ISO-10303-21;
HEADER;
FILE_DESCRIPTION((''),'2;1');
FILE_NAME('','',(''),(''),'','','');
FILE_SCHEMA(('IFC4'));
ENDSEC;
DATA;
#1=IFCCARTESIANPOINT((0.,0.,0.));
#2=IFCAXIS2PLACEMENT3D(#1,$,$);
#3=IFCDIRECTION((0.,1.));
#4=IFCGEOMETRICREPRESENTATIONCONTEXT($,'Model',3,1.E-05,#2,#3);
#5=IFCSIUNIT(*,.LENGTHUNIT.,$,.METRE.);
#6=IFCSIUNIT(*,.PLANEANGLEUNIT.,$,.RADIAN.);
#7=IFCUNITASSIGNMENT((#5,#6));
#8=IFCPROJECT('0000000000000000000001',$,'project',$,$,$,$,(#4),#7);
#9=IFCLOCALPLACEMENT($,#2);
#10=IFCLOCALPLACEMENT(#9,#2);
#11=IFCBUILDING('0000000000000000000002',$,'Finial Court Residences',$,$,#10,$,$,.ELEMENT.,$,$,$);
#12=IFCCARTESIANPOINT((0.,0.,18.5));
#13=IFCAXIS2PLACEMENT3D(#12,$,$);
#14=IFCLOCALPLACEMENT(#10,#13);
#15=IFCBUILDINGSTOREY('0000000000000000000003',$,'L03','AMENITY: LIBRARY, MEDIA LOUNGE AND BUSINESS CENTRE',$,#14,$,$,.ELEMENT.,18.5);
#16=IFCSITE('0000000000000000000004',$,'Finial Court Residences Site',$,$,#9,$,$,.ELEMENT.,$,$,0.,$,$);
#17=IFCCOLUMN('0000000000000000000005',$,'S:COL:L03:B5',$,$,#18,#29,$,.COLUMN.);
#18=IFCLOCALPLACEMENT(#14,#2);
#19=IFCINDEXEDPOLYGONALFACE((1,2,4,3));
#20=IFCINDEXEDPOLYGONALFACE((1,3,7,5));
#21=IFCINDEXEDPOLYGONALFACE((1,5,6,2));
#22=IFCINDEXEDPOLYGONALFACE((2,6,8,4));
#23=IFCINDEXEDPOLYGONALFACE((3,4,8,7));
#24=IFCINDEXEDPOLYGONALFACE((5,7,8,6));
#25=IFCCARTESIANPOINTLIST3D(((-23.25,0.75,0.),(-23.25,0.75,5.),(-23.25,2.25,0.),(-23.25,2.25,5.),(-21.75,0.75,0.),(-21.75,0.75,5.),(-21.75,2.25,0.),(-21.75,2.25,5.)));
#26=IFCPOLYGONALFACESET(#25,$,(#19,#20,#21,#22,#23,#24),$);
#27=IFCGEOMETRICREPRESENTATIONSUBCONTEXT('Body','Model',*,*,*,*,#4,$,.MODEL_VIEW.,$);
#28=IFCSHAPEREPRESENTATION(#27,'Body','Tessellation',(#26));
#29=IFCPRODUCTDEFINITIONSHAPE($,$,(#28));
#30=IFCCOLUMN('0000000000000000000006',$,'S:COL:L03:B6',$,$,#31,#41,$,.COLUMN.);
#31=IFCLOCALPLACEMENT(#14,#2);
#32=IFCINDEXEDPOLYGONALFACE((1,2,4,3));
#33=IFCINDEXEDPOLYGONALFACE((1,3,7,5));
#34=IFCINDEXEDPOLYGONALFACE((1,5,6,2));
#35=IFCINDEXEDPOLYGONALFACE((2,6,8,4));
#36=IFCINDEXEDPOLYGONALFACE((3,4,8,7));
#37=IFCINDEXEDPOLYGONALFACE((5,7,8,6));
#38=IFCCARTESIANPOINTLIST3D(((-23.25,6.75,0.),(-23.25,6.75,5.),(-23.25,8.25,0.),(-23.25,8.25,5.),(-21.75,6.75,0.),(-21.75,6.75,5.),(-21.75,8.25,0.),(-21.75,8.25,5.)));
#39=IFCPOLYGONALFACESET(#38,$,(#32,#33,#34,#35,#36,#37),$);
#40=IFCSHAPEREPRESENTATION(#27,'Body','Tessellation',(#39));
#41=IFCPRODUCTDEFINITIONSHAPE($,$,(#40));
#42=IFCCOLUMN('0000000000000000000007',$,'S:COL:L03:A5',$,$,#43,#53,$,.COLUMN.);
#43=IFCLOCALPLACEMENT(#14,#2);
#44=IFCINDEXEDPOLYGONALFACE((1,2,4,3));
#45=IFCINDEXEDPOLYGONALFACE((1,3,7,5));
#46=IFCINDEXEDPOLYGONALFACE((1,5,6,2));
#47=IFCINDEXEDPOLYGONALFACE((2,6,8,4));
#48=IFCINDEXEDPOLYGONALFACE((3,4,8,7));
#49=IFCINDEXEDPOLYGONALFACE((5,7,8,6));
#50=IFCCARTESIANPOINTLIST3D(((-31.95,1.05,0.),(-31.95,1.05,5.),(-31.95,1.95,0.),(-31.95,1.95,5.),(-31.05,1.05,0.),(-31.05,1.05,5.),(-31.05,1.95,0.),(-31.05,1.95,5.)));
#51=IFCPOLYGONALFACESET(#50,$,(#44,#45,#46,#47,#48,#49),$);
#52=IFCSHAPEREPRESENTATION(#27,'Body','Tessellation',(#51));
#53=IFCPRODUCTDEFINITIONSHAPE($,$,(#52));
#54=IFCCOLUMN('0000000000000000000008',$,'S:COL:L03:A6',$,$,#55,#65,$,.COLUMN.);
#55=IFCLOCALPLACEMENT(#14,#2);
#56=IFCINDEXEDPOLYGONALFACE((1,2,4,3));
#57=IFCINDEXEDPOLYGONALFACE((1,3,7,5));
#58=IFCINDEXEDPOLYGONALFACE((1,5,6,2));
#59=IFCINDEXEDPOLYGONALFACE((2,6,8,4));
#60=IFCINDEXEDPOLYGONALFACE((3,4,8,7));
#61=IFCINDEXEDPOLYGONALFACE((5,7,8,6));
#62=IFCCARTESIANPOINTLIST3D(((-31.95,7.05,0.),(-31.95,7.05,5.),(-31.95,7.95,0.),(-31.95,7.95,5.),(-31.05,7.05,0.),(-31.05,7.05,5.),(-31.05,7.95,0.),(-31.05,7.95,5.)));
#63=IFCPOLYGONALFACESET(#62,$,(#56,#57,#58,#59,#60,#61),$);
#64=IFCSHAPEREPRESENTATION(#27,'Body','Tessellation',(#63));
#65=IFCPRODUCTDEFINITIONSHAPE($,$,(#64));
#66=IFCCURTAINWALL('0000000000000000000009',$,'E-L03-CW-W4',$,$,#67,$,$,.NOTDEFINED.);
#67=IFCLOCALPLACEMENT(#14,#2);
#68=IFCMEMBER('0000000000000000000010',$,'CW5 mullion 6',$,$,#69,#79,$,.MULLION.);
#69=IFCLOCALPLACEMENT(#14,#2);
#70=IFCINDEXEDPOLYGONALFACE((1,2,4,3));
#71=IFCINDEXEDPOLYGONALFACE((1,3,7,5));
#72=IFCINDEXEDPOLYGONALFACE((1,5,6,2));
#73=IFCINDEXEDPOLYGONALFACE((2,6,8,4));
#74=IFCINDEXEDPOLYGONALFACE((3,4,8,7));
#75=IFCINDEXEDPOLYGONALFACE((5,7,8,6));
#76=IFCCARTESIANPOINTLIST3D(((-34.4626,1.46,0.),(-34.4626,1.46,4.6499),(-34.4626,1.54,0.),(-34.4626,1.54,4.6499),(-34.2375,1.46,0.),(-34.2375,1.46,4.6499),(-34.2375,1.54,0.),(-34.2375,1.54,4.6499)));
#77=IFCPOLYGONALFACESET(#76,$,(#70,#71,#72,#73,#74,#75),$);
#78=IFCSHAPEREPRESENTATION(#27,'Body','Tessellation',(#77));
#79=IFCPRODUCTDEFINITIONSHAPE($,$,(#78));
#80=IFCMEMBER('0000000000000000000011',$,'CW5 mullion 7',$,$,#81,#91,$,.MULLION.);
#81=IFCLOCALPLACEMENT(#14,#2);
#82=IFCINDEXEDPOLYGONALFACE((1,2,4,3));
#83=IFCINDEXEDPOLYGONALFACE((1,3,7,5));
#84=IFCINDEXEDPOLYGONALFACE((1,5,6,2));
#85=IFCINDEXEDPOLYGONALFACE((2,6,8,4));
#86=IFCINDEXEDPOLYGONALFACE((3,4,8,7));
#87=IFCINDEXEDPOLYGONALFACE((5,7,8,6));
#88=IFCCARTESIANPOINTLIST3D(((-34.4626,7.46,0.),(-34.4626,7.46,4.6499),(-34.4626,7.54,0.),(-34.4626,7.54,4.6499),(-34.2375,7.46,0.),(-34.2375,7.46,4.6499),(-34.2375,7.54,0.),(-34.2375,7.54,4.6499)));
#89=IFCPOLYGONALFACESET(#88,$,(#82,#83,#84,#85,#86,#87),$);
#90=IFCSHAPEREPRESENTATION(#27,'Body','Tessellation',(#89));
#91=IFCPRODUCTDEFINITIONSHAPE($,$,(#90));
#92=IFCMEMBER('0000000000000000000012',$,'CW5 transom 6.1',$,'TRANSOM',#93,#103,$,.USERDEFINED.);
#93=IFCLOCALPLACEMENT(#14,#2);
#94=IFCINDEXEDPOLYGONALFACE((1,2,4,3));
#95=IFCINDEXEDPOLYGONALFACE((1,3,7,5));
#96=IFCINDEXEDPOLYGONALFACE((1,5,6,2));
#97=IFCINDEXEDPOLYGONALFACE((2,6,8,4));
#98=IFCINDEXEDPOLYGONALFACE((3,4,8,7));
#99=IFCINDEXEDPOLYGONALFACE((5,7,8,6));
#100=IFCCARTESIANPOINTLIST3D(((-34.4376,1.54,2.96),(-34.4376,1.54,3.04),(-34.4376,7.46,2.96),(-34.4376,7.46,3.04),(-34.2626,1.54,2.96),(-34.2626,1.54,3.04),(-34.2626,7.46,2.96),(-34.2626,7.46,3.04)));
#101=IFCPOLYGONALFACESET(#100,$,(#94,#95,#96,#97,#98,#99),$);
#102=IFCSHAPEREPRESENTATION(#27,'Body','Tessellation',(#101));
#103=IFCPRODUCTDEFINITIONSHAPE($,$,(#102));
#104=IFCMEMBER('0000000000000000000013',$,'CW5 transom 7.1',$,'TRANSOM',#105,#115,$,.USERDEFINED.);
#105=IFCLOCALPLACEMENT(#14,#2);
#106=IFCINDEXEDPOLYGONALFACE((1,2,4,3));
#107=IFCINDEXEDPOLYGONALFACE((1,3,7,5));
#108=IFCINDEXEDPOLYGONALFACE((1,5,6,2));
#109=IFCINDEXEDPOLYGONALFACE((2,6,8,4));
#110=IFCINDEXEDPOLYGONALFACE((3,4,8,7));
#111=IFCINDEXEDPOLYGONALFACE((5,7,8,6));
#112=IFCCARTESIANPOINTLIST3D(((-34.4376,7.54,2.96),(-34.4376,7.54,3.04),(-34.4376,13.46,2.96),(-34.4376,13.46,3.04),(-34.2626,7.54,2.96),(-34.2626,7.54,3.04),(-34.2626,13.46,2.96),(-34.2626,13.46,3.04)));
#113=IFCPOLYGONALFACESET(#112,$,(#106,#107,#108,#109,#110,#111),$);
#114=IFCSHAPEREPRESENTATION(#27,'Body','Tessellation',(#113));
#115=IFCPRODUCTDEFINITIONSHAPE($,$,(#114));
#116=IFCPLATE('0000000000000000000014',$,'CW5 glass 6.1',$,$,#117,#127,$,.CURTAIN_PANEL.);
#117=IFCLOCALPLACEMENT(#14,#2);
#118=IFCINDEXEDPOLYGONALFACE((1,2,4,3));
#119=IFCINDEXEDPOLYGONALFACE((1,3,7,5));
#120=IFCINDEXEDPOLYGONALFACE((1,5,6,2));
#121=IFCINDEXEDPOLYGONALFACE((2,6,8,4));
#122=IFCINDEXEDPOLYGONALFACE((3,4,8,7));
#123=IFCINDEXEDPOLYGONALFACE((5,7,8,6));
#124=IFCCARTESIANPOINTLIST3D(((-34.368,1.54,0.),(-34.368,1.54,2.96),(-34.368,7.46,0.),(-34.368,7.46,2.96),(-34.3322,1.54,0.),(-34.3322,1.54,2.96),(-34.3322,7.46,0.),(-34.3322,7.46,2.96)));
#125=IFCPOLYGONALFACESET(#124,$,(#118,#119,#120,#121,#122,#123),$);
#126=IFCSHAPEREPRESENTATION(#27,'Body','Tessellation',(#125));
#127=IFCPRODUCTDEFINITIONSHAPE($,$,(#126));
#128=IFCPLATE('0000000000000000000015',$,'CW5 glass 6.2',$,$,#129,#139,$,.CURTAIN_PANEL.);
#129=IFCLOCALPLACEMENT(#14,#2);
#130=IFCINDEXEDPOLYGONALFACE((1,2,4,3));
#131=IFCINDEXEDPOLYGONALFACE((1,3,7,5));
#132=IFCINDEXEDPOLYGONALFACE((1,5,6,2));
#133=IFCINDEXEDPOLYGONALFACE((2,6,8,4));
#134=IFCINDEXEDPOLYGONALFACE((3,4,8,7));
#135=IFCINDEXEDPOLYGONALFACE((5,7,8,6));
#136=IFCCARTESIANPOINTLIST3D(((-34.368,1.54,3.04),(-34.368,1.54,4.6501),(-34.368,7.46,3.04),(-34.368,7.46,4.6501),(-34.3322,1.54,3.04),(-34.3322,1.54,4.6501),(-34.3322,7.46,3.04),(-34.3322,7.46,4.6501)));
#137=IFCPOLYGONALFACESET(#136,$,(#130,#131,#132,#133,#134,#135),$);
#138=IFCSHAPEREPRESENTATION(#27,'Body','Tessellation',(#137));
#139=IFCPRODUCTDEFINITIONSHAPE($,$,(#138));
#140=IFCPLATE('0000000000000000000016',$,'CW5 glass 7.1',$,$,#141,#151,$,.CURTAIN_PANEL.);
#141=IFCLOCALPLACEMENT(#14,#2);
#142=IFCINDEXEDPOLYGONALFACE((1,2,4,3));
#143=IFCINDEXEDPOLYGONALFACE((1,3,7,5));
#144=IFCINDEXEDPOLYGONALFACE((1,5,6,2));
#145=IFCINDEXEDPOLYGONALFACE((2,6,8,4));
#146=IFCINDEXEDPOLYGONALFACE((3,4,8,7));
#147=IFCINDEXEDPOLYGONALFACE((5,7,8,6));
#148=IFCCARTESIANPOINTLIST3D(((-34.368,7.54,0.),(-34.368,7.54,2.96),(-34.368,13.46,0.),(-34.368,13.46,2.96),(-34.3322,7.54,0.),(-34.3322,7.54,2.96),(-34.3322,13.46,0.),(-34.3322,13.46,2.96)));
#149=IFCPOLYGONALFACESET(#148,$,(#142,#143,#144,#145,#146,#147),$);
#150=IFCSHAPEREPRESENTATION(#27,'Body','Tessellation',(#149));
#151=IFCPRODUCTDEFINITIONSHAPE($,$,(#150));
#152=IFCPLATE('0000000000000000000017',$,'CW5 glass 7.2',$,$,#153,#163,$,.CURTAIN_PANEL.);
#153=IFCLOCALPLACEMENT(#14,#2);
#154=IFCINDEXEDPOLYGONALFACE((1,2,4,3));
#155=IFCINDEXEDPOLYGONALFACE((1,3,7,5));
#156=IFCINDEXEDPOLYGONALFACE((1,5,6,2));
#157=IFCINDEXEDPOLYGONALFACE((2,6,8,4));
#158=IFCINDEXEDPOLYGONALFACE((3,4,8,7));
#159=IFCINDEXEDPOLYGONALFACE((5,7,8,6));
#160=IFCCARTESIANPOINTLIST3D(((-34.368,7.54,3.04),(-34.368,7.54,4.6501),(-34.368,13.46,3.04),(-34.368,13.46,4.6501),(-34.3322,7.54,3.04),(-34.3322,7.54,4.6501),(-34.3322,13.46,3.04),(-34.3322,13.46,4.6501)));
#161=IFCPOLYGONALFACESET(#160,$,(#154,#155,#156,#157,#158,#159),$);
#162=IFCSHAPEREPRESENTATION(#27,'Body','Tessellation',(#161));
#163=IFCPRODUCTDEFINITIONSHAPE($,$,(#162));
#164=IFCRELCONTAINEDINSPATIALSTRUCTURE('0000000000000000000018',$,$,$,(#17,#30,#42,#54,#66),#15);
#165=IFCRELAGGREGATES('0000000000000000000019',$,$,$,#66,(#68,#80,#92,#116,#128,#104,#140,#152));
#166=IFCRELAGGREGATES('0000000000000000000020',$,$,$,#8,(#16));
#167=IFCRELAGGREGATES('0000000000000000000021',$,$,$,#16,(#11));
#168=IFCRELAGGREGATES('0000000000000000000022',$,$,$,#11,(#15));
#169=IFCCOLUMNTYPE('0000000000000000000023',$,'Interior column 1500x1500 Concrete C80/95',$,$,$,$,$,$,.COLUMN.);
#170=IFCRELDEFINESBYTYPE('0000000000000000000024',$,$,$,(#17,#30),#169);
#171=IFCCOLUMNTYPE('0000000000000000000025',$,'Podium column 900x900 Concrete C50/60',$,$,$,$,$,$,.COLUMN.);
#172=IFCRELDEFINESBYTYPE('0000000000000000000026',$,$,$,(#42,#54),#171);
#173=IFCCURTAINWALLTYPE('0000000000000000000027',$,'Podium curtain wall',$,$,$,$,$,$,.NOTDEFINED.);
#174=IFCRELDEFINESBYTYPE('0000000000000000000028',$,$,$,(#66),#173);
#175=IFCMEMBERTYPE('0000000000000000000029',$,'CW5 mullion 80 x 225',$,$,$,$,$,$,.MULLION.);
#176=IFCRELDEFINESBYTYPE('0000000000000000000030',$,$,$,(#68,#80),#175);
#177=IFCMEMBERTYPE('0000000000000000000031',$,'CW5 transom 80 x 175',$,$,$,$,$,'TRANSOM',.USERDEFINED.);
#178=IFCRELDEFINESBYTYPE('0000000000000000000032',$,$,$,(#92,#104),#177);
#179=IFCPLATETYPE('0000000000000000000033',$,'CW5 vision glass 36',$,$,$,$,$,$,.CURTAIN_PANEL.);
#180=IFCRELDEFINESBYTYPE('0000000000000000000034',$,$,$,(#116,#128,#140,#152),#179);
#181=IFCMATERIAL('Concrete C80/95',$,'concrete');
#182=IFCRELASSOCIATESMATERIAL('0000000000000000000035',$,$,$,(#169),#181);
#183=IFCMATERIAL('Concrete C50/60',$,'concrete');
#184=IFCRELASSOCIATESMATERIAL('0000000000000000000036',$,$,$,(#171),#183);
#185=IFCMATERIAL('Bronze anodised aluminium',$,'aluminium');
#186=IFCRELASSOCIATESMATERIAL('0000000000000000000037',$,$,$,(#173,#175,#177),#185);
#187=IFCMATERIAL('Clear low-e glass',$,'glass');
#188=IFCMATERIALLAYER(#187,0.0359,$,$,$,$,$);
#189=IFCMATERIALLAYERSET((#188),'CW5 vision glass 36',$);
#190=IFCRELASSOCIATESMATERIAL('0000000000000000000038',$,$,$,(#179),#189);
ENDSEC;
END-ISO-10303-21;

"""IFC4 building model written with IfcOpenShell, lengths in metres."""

from ifc_helpers import new_model, si_unit, direction, frame, origin, origin_2d, place, context, subcontext, project, spatial, rectangle, extrude, material, layer, layer_set, material_profile, profile_set, type_object, element, aggregate, save


model = new_model("IFC4")

# Units and contexts
model_context = context("Model", 3, precision=1e-05, world=origin(), true_north=direction((0.0, 1.0)))
body_context = subcontext(model_context, "Body", "Model", "MODEL_VIEW")
ifc_project = project(units=[si_unit("LENGTHUNIT", "METRE"), si_unit("PLANEANGLEUNIT", "RADIAN")], contexts=[model_context])

# Site, building, storey
site_placement = place(None, origin())
site = spatial("IfcSite", under=ifc_project, at=site_placement, Name="Finial Court Residences Site", CompositionType="ELEMENT", RefElevation=0.0)
building_placement = place(site_placement, origin())
building = spatial("IfcBuilding", under=site, at=building_placement, Name="Finial Court Residences", CompositionType="ELEMENT")
storey_placement = place(building_placement, frame((0.0, 0.0, 18.5)))
storey = spatial("IfcBuildingStorey", under=building, at=storey_placement, Name="L03", Description="AMENITY: LIBRARY, MEDIA LOUNGE AND BUSINESS CENTRE", CompositionType="ELEMENT", Elevation=18.5)

# Columns
ifc_material_1 = material(Name="Concrete C80/95", Category="concrete")
ifc_material_profile_1 = material_profile(ifc_material_1, rectangle(XDim=1.5, YDim=1.5, at=origin_2d()), Name="1500x1500")
ifc_profile_set_1 = profile_set([ifc_material_profile_1], Name="Concrete C80/95")
column_type_1 = type_object("IfcColumnType", Name="Interior column 1500x1500 Concrete C80/95", PredefinedType="COLUMN", material=ifc_profile_set_1)
for number, where, z_axis, x_axis, name in (
    (1, (-22.5, 1.5, 0.0), (0.0, 0.0, 1.0), (1.0, 0.0, 0.0), "S:COL:L03:B5"),
    (2, (-22.5, 7.5, 0.0), (0.0, 0.0, 1.0), (1.0, 0.0, 0.0), "S:COL:L03:B6"),
):
    element("IfcColumn", number, at=place(storey_placement, frame(where, z_axis=z_axis, x_axis=x_axis)), inside=storey, type_object=column_type_1, Name=name, PredefinedType="COLUMN", context=body_context, shape_type="SweptSolid", body=[
        extrude(rectangle(XDim=1.5, YDim=1.5, at=origin_2d()), origin(), (0.0, 0.0, 1.0), 5.0),
    ])
ifc_material_2 = material(Name="Concrete C50/60", Category="concrete")
ifc_material_profile_2 = material_profile(ifc_material_2, rectangle(XDim=0.8999, YDim=0.8999, at=origin_2d()), Name="900x900")
ifc_profile_set_2 = profile_set([ifc_material_profile_2], Name="Concrete C50/60")
column_type_2 = type_object("IfcColumnType", Name="Podium column 900x900 Concrete C50/60", PredefinedType="COLUMN", material=ifc_profile_set_2)
for number, where, z_axis, x_axis, name in (
    (3, (-31.5, 1.5, 0.0), (0.0, 0.0, 1.0), (1.0, 0.0, 0.0), "S:COL:L03:A5"),
    (4, (-31.5, 7.5, 0.0), (0.0, 0.0, 1.0), (1.0, 0.0, 0.0), "S:COL:L03:A6"),
):
    element("IfcColumn", number, at=place(storey_placement, frame(where, z_axis=z_axis, x_axis=x_axis)), inside=storey, type_object=column_type_2, Name=name, PredefinedType="COLUMN", context=body_context, shape_type="SweptSolid", body=[
        extrude(rectangle(XDim=0.8999, YDim=0.8999, at=origin_2d()), origin(), (0.0, 0.0, 1.0), 5.0),
    ])

# Curtain wall, members, plates
ifc_material_3 = material(Name="Bronze anodised aluminium", Category="aluminium")
curtain_wall_type = type_object("IfcCurtainWallType", Name="Podium curtain wall", PredefinedType="NOTDEFINED", material=ifc_material_3)
curtain_wall_placement = place(storey_placement, origin())
curtain_wall = element("IfcCurtainWall", 5, at=curtain_wall_placement, inside=storey, type_object=curtain_wall_type, Name="E-L03-CW-W4", PredefinedType="NOTDEFINED")
ifc_material_profile_3 = material_profile(ifc_material_3, rectangle(XDim=0.2251, YDim=0.0801, at=origin_2d()), Name="CW5 mullion 80 x 225")
ifc_profile_set_3 = profile_set([ifc_material_profile_3], Name="Bronze anodised aluminium")
member_type_1 = type_object("IfcMemberType", Name="CW5 mullion 80 x 225", PredefinedType="MULLION", material=ifc_profile_set_3)
member_1_placement = place(storey_placement, frame((-34.3501, 1.5, 0.0), z_axis=(0.0, 0.0, 1.0), x_axis=(-1.0, 0.0, 0.0)))
member_1 = element("IfcMember", 6, at=member_1_placement, type_object=member_type_1, Name="CW5 mullion 6", PredefinedType="MULLION", context=body_context, shape_type="SweptSolid", body=[
    extrude(rectangle(XDim=0.2251, YDim=0.0801, at=origin_2d()), origin(), (0.0, 0.0, 1.0), 4.6499),
])
member_2_placement = place(storey_placement, frame((-34.3501, 7.5, 0.0), z_axis=(0.0, 0.0, 1.0), x_axis=(-1.0, 0.0, 0.0)))
member_2 = element("IfcMember", 7, at=member_2_placement, type_object=member_type_1, Name="CW5 mullion 7", PredefinedType="MULLION", context=body_context, shape_type="SweptSolid", body=[
    extrude(rectangle(XDim=0.2251, YDim=0.0801, at=origin_2d()), origin(), (0.0, 0.0, 1.0), 4.6499),
])
ifc_material_profile_4 = material_profile(ifc_material_3, rectangle(XDim=0.175, YDim=0.0801, at=origin_2d()), Name="CW5 transom 80 x 175")
ifc_profile_set_4 = profile_set([ifc_material_profile_4], Name="Bronze anodised aluminium")
member_type_2 = type_object("IfcMemberType", Name="CW5 transom 80 x 175", ElementType="TRANSOM", PredefinedType="USERDEFINED", material=ifc_profile_set_4)
member_3_placement = place(storey_placement, frame((-34.3501, 1.54, 3.0), z_axis=(0.0, 1.0, 0.0), x_axis=(-1.0, 0.0, 0.0)))
member_3 = element("IfcMember", 8, at=member_3_placement, type_object=member_type_2, Name="CW5 transom 6.1", ObjectType="TRANSOM", PredefinedType="USERDEFINED", context=body_context, shape_type="SweptSolid", body=[
    extrude(rectangle(XDim=0.175, YDim=0.0801, at=origin_2d()), origin(), (0.0, 0.0, 1.0), 5.9199),
])
member_4_placement = place(storey_placement, frame((-34.3501, 7.54, 3.0), z_axis=(0.0, 1.0, 0.0), x_axis=(-1.0, 0.0, 0.0)))
member_4 = element("IfcMember", 9, at=member_4_placement, type_object=member_type_2, Name="CW5 transom 7.1", ObjectType="TRANSOM", PredefinedType="USERDEFINED", context=body_context, shape_type="SweptSolid", body=[
    extrude(rectangle(XDim=0.175, YDim=0.0801, at=origin_2d()), origin(), (0.0, 0.0, 1.0), 5.9199),
])
ifc_material_4 = material(Name="Clear low-e glass", Category="glass")
ifc_layer_1 = layer(ifc_material_4, 0.0359)
ifc_layer_set_1 = layer_set([ifc_layer_1], Name="CW5 vision glass 36")
plate_type = type_object("IfcPlateType", Name="CW5 vision glass 36", PredefinedType="CURTAIN_PANEL", material=ifc_layer_set_1)
plate_1_placement = place(storey_placement, frame((-34.3501, 4.5, 0.0), z_axis=(0.0, 0.0, 1.0), x_axis=(0.0, 1.0, 0.0)))
plate_1 = element("IfcPlate", 10, at=plate_1_placement, type_object=plate_type, Name="CW5 glass 6.1", PredefinedType="CURTAIN_PANEL", context=body_context, shape_type="SweptSolid", body=[
    extrude(rectangle(XDim=5.9199, YDim=0.0359, at=origin_2d()), origin(), (0.0, 0.0, 1.0), 2.96),
])
plate_2_placement = place(storey_placement, frame((-34.3501, 4.5, 3.04), z_axis=(0.0, 0.0, 1.0), x_axis=(0.0, 1.0, 0.0)))
plate_2 = element("IfcPlate", 11, at=plate_2_placement, type_object=plate_type, Name="CW5 glass 6.2", PredefinedType="CURTAIN_PANEL", context=body_context, shape_type="SweptSolid", body=[
    extrude(rectangle(XDim=5.9199, YDim=0.0359, at=origin_2d()), origin(), (0.0, 0.0, 1.0), 1.6101),
])
plate_3_placement = place(storey_placement, frame((-34.3501, 10.5, 0.0), z_axis=(0.0, 0.0, 1.0), x_axis=(0.0, 1.0, 0.0)))
plate_3 = element("IfcPlate", 12, at=plate_3_placement, type_object=plate_type, Name="CW5 glass 7.1", PredefinedType="CURTAIN_PANEL", context=body_context, shape_type="SweptSolid", body=[
    extrude(rectangle(XDim=5.9199, YDim=0.0359, at=origin_2d()), origin(), (0.0, 0.0, 1.0), 2.96),
])
plate_4_placement = place(storey_placement, frame((-34.3501, 10.5, 3.04), z_axis=(0.0, 0.0, 1.0), x_axis=(0.0, 1.0, 0.0)))
plate_4 = element("IfcPlate", 13, at=plate_4_placement, type_object=plate_type, Name="CW5 glass 7.2", PredefinedType="CURTAIN_PANEL", context=body_context, shape_type="SweptSolid", body=[
    extrude(rectangle(XDim=5.9199, YDim=0.0359, at=origin_2d()), origin(), (0.0, 0.0, 1.0), 1.6101),
])
aggregate(curtain_wall, [member_1, member_2, member_3, plate_1, plate_2, member_4, plate_3, plate_4])

save(model, "model.ifc")
